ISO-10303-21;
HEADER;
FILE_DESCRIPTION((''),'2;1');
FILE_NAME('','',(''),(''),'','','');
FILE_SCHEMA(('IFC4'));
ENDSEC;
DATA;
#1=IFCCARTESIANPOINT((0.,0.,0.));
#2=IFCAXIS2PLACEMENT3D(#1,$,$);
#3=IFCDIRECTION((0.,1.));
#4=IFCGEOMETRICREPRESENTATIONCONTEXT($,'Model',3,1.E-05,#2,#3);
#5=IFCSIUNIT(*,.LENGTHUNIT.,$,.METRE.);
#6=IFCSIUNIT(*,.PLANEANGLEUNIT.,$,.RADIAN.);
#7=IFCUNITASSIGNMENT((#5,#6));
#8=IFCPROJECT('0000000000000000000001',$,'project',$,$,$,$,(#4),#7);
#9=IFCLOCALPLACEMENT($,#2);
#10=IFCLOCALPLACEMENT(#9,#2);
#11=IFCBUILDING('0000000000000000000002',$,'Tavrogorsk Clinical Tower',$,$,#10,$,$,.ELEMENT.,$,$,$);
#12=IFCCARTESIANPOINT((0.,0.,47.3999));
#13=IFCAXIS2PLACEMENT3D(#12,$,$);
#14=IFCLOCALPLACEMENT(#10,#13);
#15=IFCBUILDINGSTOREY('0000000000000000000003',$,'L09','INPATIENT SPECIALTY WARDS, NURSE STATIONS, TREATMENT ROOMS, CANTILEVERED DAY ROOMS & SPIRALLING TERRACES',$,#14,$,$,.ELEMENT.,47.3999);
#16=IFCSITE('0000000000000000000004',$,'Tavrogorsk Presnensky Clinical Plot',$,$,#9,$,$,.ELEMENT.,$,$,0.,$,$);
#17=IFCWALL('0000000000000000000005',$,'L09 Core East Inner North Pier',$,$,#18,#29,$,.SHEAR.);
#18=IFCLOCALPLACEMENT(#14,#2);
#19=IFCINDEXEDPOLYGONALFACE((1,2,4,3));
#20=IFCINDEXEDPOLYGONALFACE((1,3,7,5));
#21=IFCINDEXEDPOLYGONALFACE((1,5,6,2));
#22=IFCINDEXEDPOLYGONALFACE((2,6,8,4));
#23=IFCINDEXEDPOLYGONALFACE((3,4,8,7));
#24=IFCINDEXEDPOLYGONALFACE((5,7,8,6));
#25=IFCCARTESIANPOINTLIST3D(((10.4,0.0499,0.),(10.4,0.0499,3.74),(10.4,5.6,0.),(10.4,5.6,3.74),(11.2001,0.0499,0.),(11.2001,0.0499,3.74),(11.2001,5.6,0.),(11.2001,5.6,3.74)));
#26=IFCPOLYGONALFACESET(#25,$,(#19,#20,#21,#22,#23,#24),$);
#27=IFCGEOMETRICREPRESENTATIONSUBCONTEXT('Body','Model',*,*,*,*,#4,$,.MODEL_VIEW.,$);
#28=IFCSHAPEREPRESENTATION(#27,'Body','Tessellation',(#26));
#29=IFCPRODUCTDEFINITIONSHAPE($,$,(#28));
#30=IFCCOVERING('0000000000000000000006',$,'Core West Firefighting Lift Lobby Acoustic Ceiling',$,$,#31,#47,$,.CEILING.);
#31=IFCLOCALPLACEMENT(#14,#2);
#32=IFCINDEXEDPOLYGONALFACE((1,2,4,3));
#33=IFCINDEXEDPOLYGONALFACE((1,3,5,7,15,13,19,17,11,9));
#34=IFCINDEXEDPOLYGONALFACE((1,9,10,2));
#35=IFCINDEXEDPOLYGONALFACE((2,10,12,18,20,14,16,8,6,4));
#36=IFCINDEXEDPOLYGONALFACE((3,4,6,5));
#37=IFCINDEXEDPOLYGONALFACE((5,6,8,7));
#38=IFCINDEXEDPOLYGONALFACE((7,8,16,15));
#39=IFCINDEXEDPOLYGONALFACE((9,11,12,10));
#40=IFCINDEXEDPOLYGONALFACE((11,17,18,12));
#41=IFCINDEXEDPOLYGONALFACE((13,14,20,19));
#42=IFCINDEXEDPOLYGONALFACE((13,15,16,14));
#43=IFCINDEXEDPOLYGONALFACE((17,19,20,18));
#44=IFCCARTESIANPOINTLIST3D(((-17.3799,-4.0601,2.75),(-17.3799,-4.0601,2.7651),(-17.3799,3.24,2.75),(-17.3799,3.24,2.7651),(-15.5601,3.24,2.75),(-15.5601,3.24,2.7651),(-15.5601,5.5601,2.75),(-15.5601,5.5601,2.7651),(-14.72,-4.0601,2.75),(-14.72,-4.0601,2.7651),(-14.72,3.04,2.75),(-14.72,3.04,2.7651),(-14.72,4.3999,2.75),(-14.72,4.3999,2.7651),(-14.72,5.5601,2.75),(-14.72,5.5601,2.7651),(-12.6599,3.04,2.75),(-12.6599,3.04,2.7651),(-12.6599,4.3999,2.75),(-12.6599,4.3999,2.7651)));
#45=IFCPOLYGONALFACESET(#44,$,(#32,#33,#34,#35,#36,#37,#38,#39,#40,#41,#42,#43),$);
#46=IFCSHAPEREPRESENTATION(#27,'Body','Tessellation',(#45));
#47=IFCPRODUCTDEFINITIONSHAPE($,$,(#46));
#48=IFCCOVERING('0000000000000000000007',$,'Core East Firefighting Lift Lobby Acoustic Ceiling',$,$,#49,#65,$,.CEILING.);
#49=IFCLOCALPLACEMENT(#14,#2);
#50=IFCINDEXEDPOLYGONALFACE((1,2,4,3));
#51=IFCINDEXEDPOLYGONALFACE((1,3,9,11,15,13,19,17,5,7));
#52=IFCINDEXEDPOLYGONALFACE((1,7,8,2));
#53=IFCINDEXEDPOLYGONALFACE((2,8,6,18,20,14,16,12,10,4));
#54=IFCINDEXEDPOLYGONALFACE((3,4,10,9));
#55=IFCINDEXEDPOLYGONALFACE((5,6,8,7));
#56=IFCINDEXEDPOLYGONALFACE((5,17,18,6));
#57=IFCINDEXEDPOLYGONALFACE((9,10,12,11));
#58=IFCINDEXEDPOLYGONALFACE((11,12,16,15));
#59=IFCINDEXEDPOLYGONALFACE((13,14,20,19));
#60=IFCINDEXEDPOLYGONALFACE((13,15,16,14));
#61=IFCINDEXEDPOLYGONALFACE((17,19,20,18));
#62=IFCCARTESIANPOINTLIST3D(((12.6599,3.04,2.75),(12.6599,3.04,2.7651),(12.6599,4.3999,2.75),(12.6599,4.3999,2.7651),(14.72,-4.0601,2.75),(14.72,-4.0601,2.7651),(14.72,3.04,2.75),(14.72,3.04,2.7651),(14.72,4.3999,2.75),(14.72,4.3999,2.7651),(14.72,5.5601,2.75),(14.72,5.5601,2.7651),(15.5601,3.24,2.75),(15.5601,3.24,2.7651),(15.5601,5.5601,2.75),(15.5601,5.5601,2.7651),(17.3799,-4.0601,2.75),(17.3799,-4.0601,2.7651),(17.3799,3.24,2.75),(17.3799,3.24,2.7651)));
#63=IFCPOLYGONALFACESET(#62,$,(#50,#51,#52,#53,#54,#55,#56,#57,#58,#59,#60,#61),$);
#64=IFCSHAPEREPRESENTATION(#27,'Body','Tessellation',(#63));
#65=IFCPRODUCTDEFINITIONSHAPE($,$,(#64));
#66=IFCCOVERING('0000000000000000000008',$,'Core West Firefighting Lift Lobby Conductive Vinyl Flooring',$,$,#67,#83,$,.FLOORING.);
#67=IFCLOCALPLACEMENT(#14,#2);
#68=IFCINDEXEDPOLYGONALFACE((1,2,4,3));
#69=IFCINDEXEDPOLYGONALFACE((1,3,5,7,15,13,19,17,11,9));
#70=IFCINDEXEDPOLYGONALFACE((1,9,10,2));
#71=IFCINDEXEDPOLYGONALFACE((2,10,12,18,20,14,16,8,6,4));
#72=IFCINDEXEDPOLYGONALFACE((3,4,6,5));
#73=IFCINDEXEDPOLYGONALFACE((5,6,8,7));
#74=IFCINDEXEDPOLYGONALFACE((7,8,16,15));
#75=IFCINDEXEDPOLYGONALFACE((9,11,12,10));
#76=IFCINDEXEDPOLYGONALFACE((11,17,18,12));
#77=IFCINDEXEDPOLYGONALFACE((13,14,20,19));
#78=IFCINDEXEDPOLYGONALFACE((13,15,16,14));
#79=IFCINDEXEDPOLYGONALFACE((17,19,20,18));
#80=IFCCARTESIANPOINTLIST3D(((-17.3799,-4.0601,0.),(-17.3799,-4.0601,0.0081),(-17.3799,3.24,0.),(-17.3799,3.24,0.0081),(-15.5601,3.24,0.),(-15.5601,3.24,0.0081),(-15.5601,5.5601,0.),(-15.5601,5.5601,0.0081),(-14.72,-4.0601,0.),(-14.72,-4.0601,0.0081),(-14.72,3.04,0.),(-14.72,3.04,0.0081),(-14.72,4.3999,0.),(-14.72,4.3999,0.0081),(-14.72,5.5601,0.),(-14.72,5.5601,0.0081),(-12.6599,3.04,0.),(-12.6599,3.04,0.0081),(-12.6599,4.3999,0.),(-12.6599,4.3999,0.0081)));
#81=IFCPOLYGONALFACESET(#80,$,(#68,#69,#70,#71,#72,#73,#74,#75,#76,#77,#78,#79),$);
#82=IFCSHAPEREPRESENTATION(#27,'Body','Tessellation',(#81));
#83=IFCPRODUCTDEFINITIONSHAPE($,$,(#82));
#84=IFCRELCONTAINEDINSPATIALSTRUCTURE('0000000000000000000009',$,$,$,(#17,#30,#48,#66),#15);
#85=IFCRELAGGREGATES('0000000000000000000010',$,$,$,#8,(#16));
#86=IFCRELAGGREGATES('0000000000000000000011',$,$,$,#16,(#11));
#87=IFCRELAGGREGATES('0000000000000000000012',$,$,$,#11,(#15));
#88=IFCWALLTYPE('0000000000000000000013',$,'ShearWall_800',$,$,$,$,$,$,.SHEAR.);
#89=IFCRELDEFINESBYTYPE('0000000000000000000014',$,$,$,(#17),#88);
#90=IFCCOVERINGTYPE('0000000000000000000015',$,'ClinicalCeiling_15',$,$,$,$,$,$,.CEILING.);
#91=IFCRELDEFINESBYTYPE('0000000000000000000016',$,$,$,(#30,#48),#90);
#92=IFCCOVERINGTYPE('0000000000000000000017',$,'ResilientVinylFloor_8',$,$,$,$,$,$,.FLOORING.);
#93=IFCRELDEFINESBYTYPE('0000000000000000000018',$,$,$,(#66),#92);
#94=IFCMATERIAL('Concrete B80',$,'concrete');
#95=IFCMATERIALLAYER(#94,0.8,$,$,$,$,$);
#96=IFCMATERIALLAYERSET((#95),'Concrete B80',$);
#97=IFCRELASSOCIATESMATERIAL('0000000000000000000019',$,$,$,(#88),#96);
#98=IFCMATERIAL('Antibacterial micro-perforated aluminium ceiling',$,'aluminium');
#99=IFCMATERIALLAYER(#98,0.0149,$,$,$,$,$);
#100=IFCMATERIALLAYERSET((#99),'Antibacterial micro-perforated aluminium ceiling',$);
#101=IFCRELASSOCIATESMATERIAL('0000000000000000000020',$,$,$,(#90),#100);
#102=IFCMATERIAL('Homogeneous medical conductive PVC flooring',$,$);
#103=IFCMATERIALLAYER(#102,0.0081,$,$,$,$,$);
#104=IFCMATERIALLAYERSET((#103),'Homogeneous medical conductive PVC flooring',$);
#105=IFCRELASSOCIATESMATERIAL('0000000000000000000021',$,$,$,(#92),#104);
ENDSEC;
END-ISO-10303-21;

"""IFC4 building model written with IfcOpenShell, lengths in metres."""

from ifc_helpers import new_model, si_unit, direction, frame, frame_2d, origin, place, context, subcontext, project, spatial, polyline, rectangle, outline, extrude, material, layer, layer_set, type_object, element, save


model = new_model("IFC4")

# Units and contexts
model_context = context("Model", 3, precision=1e-05, world=origin(), true_north=direction((0.0, 1.0)))
body_context = subcontext(model_context, "Body", "Model", "MODEL_VIEW")
ifc_project = project(units=[si_unit("LENGTHUNIT", "METRE"), si_unit("PLANEANGLEUNIT", "RADIAN")], contexts=[model_context])

# Site, building, storey
site_placement = place(None, origin())
site = spatial("IfcSite", under=ifc_project, at=site_placement, Name="Tavrogorsk Presnensky Clinical Plot", CompositionType="ELEMENT", RefElevation=0.0)
building_placement = place(site_placement, origin())
building = spatial("IfcBuilding", under=site, at=building_placement, Name="Tavrogorsk Clinical Tower", CompositionType="ELEMENT")
storey_placement = place(building_placement, frame((0.0, 0.0, 47.3999)))
storey = spatial("IfcBuildingStorey", under=building, at=storey_placement, Name="L09", Description="INPATIENT SPECIALTY WARDS, NURSE STATIONS, TREATMENT ROOMS, CANTILEVERED DAY ROOMS & SPIRALLING TERRACES", CompositionType="ELEMENT", Elevation=47.3999)

# Wall
ifc_material_1 = material(Name="Concrete B80", Category="concrete")
ifc_layer_1 = layer(ifc_material_1, 0.8)
ifc_layer_set_1 = layer_set([ifc_layer_1], Name="Concrete B80")
wall_type_1 = type_object("IfcWallType", Name="ShearWall_800", PredefinedType="SHEAR", material=ifc_layer_set_1)
wall_1_placement = place(storey_placement, frame((10.8, 0.05, 0.0), z_axis=(0.0, 0.0, 1.0), x_axis=(0.0, 1.0, 0.0)))
element("IfcWall", 1, at=wall_1_placement, inside=storey, type_object=wall_type_1, Name="L09 Core East Inner North Pier", PredefinedType="SHEAR", context=body_context, shape_type="SweptSolid", body=[
    extrude(rectangle(XDim=5.55, YDim=0.8, at=frame_2d((2.7749, 0.0))), origin(), (0.0, 0.0, 1.0), 3.74),
])

# Coverings
ifc_material_2 = material(Name="Antibacterial micro-perforated aluminium ceiling", Category="aluminium")
ifc_layer_2 = layer(ifc_material_2, 0.0149)
ifc_layer_set_2 = layer_set([ifc_layer_2], Name="Antibacterial micro-perforated aluminium ceiling")
covering_type_1 = type_object("IfcCoveringType", Name="ClinicalCeiling_15", PredefinedType="CEILING", material=ifc_layer_set_2)
covering_1_placement = place(storey_placement, frame((0.0, 0.0, 2.75)))
element("IfcCovering", 2, at=covering_1_placement, inside=storey, type_object=covering_type_1, Name="Core West Firefighting Lift Lobby Acoustic Ceiling", PredefinedType="CEILING", context=body_context, shape_type="SweptSolid", body=[
    extrude(outline(polyline([(-17.3799, -4.0601), (-17.3799, 3.24), (-15.5601, 3.24), (-15.5601, 5.5601), (-14.72, 5.5601), (-14.72, 4.3999), (-12.6599, 4.3999), (-12.6599, 3.04), (-14.72, 3.04), (-14.72, -4.0601), (-17.3799, -4.0601)])), origin(), (0.0, 0.0, 1.0), 0.0151),
])
covering_2_placement = place(storey_placement, frame((0.0, 0.0, 2.75)))
element("IfcCovering", 3, at=covering_2_placement, inside=storey, type_object=covering_type_1, Name="Core East Firefighting Lift Lobby Acoustic Ceiling", PredefinedType="CEILING", context=body_context, shape_type="SweptSolid", body=[
    extrude(outline(polyline([(14.72, 3.04), (12.6599, 3.04), (12.6599, 4.3999), (14.72, 4.3999), (14.72, 5.5601), (15.5601, 5.5601), (15.5601, 3.24), (17.3799, 3.24), (17.3799, -4.0601), (14.72, -4.0601), (14.72, 3.04)])), origin(), (0.0, 0.0, 1.0), 0.0151),
])
ifc_material_3 = material(Name="Homogeneous medical conductive PVC flooring")
ifc_layer_3 = layer(ifc_material_3, 0.0081)
ifc_layer_set_3 = layer_set([ifc_layer_3], Name="Homogeneous medical conductive PVC flooring")
covering_type_2 = type_object("IfcCoveringType", Name="ResilientVinylFloor_8", PredefinedType="FLOORING", material=ifc_layer_set_3)
covering_3_placement = place(storey_placement, origin())
element("IfcCovering", 4, at=covering_3_placement, inside=storey, type_object=covering_type_2, Name="Core West Firefighting Lift Lobby Conductive Vinyl Flooring", PredefinedType="FLOORING", context=body_context, shape_type="SweptSolid", body=[
    extrude(outline(polyline([(-17.3799, -4.0601), (-17.3799, 3.24), (-15.5601, 3.24), (-15.5601, 5.5601), (-14.72, 5.5601), (-14.72, 4.3999), (-12.6599, 4.3999), (-12.6599, 3.04), (-14.72, 3.04), (-14.72, -4.0601), (-17.3799, -4.0601)])), origin(), (0.0, 0.0, 1.0), 0.0081),
])

save(model, "model.ifc")
